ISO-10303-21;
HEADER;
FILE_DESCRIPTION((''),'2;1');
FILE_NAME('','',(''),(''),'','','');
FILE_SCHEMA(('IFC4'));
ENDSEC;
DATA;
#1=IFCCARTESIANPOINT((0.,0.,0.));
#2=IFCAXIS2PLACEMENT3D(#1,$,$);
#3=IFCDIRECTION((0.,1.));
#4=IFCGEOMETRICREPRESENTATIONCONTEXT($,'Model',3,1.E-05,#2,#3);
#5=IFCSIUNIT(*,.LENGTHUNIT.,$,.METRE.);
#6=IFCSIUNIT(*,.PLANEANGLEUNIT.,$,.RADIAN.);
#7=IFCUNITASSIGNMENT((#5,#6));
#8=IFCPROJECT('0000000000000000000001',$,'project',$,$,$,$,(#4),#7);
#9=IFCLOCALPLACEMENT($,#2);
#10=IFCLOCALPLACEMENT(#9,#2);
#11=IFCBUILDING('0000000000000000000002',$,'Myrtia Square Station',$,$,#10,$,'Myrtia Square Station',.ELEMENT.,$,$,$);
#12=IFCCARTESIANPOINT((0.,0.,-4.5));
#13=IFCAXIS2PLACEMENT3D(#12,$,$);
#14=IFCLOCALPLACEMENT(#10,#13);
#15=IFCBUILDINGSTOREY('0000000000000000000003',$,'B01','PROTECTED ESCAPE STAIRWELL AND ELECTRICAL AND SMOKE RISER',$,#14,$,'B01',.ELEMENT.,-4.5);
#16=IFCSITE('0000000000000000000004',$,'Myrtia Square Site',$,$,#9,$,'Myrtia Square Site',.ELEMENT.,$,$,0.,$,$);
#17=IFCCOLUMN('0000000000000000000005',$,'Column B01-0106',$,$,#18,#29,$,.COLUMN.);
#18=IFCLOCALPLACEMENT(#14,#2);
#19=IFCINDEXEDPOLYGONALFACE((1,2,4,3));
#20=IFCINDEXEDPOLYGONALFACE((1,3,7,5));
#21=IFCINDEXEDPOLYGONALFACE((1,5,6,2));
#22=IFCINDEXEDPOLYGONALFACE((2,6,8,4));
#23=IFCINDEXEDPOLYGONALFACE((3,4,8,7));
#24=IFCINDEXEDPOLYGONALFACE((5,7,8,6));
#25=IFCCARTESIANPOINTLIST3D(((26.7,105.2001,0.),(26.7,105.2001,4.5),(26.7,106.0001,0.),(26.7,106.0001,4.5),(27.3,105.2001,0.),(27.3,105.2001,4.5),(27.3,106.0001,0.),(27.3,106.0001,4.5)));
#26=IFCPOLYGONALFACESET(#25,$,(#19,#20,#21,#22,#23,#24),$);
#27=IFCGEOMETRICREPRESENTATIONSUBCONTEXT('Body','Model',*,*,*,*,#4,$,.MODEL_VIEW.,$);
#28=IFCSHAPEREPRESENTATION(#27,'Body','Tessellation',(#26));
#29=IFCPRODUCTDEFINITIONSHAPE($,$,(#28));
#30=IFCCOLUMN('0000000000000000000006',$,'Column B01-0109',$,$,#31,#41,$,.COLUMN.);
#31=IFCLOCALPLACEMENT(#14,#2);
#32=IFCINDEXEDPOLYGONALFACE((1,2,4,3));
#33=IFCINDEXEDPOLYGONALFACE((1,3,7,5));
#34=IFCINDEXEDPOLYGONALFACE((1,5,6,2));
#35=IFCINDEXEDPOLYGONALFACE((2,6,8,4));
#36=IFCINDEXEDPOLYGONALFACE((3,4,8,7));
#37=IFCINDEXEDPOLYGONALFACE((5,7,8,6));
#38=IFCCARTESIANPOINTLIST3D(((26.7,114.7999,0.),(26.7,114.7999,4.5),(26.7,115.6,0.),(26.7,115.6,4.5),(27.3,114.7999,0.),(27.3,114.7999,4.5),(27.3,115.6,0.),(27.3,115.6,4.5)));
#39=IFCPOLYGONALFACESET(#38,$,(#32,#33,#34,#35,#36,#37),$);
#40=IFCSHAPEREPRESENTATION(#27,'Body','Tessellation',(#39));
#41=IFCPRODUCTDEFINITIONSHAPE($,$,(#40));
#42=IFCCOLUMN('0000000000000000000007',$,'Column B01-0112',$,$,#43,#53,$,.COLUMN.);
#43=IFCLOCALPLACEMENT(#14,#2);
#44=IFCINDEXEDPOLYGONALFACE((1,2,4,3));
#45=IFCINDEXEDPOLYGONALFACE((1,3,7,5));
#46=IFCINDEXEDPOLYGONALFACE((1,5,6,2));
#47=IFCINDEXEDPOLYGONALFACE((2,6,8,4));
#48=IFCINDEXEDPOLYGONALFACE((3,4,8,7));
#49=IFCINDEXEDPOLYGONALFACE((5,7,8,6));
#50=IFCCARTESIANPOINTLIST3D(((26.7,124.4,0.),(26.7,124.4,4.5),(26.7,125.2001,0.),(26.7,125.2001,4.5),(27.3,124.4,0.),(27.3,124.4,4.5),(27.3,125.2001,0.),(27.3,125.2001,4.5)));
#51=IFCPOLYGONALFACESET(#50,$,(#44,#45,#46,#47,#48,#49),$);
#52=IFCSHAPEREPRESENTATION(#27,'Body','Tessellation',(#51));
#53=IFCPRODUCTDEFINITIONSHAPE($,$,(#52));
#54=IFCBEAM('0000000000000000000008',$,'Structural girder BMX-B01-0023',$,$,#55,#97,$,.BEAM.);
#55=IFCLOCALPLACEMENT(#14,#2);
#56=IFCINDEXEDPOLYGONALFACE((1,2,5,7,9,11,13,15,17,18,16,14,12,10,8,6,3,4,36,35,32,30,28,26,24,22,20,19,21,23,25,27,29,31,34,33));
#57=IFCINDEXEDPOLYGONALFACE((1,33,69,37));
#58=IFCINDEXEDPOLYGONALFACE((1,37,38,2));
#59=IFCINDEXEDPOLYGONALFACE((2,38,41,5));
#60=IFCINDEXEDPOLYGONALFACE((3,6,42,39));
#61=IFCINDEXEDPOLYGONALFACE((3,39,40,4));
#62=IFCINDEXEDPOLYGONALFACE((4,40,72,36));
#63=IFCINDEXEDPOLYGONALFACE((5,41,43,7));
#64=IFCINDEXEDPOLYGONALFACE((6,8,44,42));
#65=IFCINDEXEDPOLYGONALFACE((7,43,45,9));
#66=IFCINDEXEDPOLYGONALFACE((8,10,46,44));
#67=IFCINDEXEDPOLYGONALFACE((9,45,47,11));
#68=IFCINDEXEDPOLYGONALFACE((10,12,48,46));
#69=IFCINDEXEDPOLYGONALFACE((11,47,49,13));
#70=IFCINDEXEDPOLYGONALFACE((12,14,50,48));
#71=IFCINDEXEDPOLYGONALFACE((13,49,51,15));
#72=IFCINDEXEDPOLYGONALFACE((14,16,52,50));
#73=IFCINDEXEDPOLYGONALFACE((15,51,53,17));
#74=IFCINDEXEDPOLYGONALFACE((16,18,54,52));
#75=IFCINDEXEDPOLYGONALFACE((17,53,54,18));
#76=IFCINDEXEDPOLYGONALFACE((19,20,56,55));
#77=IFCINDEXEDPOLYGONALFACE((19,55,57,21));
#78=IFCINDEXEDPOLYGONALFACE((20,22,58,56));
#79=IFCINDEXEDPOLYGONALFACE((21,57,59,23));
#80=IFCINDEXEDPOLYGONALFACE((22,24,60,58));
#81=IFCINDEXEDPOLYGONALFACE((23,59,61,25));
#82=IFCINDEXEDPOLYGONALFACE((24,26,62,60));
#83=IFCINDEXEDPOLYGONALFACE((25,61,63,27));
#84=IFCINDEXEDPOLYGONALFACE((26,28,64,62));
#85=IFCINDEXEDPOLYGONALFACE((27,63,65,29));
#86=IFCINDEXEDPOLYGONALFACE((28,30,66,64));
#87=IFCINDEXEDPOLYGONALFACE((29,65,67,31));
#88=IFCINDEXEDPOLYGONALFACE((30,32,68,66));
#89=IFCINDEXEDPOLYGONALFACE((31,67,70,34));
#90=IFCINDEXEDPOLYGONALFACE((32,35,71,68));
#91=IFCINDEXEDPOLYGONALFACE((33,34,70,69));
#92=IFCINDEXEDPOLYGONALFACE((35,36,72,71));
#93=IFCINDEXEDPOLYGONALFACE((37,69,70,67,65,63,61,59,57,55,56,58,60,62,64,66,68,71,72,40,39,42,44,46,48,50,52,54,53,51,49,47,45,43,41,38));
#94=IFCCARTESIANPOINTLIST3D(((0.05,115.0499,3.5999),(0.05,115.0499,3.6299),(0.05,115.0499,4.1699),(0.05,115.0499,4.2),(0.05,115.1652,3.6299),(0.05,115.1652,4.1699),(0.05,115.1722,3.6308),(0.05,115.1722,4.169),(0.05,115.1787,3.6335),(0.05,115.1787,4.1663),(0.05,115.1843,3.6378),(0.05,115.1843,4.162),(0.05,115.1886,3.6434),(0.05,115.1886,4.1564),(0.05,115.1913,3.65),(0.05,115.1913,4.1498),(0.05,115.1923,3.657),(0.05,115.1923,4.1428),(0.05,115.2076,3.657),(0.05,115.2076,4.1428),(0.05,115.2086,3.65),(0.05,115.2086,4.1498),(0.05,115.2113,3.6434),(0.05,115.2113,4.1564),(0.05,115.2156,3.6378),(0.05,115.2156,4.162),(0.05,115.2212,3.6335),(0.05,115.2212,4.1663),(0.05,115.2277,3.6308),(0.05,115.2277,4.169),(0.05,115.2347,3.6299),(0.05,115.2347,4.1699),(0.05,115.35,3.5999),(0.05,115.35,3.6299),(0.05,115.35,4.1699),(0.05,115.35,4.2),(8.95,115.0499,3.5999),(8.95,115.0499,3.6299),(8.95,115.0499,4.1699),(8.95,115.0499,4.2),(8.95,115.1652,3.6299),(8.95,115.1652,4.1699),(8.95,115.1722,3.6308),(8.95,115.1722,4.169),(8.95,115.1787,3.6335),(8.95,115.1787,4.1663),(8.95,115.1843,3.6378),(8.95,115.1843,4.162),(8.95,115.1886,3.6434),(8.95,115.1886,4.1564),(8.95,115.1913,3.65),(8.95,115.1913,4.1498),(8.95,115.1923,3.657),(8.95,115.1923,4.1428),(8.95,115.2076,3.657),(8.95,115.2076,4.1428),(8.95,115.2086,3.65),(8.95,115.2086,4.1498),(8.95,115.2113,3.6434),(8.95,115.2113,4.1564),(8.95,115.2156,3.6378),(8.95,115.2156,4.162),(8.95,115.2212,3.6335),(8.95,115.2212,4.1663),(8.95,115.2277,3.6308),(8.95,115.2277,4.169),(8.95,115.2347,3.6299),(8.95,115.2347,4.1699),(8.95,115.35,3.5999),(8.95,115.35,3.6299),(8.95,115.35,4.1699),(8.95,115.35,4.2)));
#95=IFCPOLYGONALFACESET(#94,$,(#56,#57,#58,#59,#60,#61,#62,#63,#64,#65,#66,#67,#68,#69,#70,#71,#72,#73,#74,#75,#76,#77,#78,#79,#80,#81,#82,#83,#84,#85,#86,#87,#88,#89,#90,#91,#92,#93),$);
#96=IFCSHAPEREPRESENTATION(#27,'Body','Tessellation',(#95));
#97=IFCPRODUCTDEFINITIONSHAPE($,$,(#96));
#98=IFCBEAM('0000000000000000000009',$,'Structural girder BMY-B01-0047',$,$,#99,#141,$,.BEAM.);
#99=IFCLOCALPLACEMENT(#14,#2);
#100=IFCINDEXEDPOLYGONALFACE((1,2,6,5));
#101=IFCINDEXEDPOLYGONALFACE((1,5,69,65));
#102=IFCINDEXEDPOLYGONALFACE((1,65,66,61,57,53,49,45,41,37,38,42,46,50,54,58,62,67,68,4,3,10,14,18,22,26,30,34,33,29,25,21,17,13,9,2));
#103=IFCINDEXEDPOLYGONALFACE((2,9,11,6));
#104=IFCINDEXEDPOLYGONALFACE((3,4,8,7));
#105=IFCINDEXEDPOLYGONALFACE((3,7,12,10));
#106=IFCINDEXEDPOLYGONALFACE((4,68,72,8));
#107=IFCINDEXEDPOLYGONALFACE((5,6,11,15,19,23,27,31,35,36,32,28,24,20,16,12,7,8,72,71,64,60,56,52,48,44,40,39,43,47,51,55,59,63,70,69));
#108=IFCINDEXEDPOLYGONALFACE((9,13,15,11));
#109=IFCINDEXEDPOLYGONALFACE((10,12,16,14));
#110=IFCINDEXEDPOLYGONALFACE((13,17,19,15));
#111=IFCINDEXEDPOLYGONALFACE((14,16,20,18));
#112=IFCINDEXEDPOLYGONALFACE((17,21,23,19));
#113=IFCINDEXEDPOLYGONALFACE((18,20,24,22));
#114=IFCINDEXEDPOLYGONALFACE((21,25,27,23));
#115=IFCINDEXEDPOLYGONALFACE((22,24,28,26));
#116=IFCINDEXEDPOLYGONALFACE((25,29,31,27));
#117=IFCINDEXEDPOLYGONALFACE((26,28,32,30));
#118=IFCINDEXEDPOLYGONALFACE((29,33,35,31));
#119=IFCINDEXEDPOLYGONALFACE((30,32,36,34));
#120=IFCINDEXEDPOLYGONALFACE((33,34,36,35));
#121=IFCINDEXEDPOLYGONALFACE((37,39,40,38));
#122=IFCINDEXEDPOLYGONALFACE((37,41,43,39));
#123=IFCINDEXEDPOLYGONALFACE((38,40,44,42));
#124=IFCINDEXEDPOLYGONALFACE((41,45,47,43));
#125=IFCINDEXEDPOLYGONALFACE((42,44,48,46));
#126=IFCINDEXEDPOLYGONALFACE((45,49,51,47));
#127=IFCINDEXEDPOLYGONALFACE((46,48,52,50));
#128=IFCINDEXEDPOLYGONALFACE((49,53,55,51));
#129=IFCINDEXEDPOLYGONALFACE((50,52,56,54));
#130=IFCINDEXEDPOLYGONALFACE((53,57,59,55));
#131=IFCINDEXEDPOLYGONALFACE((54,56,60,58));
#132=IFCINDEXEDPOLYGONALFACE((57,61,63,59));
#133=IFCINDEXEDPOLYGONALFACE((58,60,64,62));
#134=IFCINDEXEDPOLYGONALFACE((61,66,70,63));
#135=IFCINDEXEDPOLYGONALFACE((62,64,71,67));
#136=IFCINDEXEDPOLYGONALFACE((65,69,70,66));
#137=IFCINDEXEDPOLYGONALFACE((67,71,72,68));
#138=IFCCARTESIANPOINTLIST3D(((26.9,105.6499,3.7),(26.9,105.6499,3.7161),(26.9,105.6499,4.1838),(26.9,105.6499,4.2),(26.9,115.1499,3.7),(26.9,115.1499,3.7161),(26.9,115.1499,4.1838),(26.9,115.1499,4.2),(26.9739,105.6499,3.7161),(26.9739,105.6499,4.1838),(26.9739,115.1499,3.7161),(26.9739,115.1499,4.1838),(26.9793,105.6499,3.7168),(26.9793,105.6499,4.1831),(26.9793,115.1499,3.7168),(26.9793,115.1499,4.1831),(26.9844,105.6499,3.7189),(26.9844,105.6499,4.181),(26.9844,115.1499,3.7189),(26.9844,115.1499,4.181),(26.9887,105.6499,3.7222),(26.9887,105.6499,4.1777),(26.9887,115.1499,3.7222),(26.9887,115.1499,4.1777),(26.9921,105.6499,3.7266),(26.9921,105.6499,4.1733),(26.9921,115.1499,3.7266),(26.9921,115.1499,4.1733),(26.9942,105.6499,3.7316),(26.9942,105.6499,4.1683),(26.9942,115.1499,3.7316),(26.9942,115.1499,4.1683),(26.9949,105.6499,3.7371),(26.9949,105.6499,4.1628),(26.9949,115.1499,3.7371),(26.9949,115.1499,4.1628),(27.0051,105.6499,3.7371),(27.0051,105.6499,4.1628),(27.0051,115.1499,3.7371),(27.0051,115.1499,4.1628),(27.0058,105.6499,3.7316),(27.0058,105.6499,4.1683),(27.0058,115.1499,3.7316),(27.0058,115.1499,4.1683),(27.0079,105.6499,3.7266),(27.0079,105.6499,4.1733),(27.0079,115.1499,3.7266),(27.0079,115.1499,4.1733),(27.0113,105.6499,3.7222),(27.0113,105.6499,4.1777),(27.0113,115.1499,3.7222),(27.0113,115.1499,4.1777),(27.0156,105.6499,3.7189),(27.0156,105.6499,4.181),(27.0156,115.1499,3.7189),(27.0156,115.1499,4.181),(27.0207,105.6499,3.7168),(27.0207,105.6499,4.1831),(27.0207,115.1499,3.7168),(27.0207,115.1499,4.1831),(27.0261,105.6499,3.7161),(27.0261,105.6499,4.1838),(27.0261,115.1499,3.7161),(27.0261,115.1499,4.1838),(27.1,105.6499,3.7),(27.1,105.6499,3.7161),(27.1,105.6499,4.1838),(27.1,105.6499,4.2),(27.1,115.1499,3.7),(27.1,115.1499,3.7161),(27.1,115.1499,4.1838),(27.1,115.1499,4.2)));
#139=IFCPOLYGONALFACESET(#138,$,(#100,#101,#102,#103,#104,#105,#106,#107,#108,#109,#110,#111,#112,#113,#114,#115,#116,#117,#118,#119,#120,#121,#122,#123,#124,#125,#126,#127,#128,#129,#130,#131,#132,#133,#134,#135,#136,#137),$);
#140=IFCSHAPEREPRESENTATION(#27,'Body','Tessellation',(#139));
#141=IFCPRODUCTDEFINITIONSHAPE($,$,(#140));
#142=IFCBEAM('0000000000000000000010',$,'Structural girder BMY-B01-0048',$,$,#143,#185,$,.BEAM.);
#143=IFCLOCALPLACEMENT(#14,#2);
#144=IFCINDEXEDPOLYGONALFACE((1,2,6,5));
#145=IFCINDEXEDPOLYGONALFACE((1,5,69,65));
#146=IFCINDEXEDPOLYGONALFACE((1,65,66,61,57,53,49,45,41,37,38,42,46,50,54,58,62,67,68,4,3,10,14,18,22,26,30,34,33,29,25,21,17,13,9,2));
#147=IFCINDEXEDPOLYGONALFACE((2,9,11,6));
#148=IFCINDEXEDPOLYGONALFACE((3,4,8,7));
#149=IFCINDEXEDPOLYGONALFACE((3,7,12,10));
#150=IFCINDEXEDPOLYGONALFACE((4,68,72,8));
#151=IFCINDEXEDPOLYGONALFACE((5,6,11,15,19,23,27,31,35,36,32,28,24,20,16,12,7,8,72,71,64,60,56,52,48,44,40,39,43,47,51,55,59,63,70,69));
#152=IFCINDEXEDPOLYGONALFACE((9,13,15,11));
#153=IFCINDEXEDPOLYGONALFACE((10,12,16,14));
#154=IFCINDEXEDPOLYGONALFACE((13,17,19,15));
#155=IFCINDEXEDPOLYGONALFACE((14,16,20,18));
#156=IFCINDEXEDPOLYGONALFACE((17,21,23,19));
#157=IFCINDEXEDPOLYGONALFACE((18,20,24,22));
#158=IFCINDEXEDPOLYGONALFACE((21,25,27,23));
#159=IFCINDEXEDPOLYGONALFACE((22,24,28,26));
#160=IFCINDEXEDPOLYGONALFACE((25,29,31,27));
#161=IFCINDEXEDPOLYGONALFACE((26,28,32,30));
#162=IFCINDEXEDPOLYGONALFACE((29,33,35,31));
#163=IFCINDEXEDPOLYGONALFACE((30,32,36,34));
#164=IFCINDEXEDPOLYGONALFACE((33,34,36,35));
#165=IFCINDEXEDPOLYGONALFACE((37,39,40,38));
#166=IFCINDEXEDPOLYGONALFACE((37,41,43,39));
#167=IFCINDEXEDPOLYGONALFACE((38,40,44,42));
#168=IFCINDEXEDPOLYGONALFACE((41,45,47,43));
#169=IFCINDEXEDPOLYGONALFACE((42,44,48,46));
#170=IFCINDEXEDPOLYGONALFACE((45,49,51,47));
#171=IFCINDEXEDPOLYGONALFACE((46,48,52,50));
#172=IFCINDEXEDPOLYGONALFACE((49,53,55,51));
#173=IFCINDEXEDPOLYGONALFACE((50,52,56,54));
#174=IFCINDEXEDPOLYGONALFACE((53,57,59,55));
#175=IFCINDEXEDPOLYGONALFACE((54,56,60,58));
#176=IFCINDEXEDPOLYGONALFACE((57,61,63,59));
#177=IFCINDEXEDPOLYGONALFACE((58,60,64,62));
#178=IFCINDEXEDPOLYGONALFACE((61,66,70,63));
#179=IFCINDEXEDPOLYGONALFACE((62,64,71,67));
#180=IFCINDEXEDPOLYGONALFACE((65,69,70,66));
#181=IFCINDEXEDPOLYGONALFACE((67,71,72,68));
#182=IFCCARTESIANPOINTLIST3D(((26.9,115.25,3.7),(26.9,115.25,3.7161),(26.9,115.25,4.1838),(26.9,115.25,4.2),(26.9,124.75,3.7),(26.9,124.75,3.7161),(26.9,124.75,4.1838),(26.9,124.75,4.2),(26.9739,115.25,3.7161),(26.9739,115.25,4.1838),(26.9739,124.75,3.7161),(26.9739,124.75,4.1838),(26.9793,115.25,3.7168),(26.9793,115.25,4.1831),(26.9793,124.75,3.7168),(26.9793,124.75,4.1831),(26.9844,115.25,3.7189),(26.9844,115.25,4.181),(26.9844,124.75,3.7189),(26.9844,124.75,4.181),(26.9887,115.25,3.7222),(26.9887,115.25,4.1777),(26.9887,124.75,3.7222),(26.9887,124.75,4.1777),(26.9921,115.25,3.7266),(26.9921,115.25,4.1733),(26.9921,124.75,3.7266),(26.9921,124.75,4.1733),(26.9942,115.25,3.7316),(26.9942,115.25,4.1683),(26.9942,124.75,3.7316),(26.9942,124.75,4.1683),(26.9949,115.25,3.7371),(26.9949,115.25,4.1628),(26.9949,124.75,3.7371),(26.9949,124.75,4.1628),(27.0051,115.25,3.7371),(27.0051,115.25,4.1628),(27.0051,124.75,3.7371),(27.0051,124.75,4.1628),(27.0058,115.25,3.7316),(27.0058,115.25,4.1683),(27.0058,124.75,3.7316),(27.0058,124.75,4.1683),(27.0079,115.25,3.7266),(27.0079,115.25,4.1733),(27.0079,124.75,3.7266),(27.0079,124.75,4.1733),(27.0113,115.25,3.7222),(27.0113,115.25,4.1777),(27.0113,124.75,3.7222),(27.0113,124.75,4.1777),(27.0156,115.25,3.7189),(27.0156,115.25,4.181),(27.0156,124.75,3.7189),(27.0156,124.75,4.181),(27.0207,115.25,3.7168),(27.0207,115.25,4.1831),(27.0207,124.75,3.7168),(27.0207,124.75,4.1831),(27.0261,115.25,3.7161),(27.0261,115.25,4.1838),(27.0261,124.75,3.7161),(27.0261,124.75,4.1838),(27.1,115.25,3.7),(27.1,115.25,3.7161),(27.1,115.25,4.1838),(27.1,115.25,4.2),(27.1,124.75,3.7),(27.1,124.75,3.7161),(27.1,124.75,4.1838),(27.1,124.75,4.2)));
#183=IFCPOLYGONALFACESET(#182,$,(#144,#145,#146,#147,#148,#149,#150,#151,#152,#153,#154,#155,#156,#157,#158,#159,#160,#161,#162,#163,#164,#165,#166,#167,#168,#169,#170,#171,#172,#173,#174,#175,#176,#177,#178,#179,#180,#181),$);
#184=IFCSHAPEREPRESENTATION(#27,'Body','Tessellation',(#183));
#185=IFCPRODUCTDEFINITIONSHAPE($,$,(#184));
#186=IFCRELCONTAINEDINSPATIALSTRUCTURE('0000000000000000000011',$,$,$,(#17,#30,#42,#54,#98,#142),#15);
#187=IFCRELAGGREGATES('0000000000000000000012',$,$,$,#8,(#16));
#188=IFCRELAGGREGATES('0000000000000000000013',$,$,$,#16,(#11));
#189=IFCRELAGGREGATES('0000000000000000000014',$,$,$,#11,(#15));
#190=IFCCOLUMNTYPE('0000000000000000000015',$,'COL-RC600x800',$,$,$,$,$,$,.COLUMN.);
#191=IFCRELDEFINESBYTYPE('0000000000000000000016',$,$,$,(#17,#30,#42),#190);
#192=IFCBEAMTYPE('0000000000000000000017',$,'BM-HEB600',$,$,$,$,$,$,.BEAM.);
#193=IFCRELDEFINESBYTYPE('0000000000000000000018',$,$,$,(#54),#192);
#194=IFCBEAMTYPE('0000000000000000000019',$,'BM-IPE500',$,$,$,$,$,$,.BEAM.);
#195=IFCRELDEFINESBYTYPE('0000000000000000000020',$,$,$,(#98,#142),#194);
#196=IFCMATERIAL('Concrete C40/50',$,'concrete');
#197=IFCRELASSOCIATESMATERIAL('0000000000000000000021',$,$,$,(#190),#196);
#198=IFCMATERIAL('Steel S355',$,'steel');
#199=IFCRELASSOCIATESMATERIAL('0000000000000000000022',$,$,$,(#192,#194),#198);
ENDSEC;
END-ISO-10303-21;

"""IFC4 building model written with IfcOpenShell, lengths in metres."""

from ifc_helpers import new_model, si_unit, direction, frame, origin, origin_2d, place, context, subcontext, project, spatial, rectangle, i_section, extrude, material, material_profile, profile_set, type_object, element, save


model = new_model("IFC4")

# Units and contexts
model_context = context("Model", 3, precision=1e-05, world=origin(), true_north=direction((0.0, 1.0)))
body_context = subcontext(model_context, "Body", "Model", "MODEL_VIEW")
ifc_project = project(units=[si_unit("LENGTHUNIT", "METRE"), si_unit("PLANEANGLEUNIT", "RADIAN")], contexts=[model_context])

# Site, building, storey
site_placement = place(None, origin())
site = spatial("IfcSite", under=ifc_project, at=site_placement, Name="Myrtia Square Site", LongName="Myrtia Square Site", CompositionType="ELEMENT", RefElevation=0.0)
building_placement = place(site_placement, origin())
building = spatial("IfcBuilding", under=site, at=building_placement, Name="Myrtia Square Station", LongName="Myrtia Square Station", CompositionType="ELEMENT")
storey_placement = place(building_placement, frame((0.0, 0.0, -4.5)))
storey = spatial("IfcBuildingStorey", under=building, at=storey_placement, Name="B01", Description="PROTECTED ESCAPE STAIRWELL AND ELECTRICAL AND SMOKE RISER", LongName="B01", CompositionType="ELEMENT", Elevation=-4.5)

# Columns
ifc_material_1 = material(Name="Concrete C40/50", Category="concrete")
ifc_material_profile_1 = material_profile(ifc_material_1, rectangle(XDim=0.6001, YDim=0.8, at=origin_2d()), Name="RC 600x800")
ifc_profile_set_1 = profile_set([ifc_material_profile_1], Name="Concrete C40/50")
column_type = type_object("IfcColumnType", Name="COL-RC600x800", PredefinedType="COLUMN", material=ifc_profile_set_1)
for number, where, z_axis, x_axis, name in (
    (1, (27.0, 105.6001, 0.0), (0.0, 0.0, 1.0), (1.0, 0.0, 0.0), "Column B01-0106"),
    (2, (27.0, 115.2, 0.0), (0.0, 0.0, 1.0), (1.0, 0.0, 0.0), "Column B01-0109"),
    (3, (27.0, 124.8, 0.0), (0.0, 0.0, 1.0), (1.0, 0.0, 0.0), "Column B01-0112"),
):
    element("IfcColumn", number, at=place(storey_placement, frame(where, z_axis=z_axis, x_axis=x_axis)), inside=storey, type_object=column_type, Name=name, PredefinedType="COLUMN", context=body_context, shape_type="SweptSolid", body=[
        extrude(rectangle(XDim=0.6001, YDim=0.8, at=origin_2d()), origin(), (0.0, 0.0, 1.0), 4.5),
    ])

# Beams
ifc_material_2 = material(Name="Steel S355", Category="steel")
ifc_material_profile_2 = material_profile(ifc_material_2, i_section(OverallWidth=0.3, OverallDepth=0.6001, WebThickness=0.0154, FlangeThickness=0.03, FilletRadius=0.0271, at=origin_2d()), Name="HEB 600")
ifc_profile_set_2 = profile_set([ifc_material_profile_2], Name="Steel S355")
beam_type_1 = type_object("IfcBeamType", Name="BM-HEB600", PredefinedType="BEAM", material=ifc_profile_set_2)
beam_1_placement = place(storey_placement, frame((0.05, 115.2, 3.8999), z_axis=(1.0, 0.0, 0.0), x_axis=(0.0, 1.0, 0.0)))
element("IfcBeam", 4, at=beam_1_placement, inside=storey, type_object=beam_type_1, Name="Structural girder BMX-B01-0023", PredefinedType="BEAM", context=body_context, shape_type="SweptSolid", body=[
    extrude(i_section(OverallWidth=0.3, OverallDepth=0.6001, WebThickness=0.0154, FlangeThickness=0.03, FilletRadius=0.0271, at=origin_2d()), origin(), (0.0, 0.0, 1.0), 8.8999),
])
ifc_material_profile_3 = material_profile(ifc_material_2, i_section(OverallWidth=0.2, OverallDepth=0.5, WebThickness=0.0103, FlangeThickness=0.0161, FilletRadius=0.021, at=origin_2d()), Name="IPE 500")
ifc_profile_set_3 = profile_set([ifc_material_profile_3], Name="Steel S355")
beam_type_2 = type_object("IfcBeamType", Name="BM-IPE500", PredefinedType="BEAM", material=ifc_profile_set_3)
for number, where, z_axis, x_axis, name in (
    (5, (27.0, 105.6499, 3.95), (0.0, 1.0, 0.0), (-1.0, 0.0, 0.0), "Structural girder BMY-B01-0047"),
    (6, (27.0, 115.25, 3.95), (0.0, 1.0, 0.0), (-1.0, 0.0, 0.0), "Structural girder BMY-B01-0048"),
):
    element("IfcBeam", number, at=place(storey_placement, frame(where, z_axis=z_axis, x_axis=x_axis)), inside=storey, type_object=beam_type_2, Name=name, PredefinedType="BEAM", context=body_context, shape_type="SweptSolid", body=[
        extrude(i_section(OverallWidth=0.2, OverallDepth=0.5, WebThickness=0.0103, FlangeThickness=0.0161, FilletRadius=0.021, at=origin_2d()), origin(), (0.0, 0.0, 1.0), 9.5),
    ])

save(model, "model.ifc")
